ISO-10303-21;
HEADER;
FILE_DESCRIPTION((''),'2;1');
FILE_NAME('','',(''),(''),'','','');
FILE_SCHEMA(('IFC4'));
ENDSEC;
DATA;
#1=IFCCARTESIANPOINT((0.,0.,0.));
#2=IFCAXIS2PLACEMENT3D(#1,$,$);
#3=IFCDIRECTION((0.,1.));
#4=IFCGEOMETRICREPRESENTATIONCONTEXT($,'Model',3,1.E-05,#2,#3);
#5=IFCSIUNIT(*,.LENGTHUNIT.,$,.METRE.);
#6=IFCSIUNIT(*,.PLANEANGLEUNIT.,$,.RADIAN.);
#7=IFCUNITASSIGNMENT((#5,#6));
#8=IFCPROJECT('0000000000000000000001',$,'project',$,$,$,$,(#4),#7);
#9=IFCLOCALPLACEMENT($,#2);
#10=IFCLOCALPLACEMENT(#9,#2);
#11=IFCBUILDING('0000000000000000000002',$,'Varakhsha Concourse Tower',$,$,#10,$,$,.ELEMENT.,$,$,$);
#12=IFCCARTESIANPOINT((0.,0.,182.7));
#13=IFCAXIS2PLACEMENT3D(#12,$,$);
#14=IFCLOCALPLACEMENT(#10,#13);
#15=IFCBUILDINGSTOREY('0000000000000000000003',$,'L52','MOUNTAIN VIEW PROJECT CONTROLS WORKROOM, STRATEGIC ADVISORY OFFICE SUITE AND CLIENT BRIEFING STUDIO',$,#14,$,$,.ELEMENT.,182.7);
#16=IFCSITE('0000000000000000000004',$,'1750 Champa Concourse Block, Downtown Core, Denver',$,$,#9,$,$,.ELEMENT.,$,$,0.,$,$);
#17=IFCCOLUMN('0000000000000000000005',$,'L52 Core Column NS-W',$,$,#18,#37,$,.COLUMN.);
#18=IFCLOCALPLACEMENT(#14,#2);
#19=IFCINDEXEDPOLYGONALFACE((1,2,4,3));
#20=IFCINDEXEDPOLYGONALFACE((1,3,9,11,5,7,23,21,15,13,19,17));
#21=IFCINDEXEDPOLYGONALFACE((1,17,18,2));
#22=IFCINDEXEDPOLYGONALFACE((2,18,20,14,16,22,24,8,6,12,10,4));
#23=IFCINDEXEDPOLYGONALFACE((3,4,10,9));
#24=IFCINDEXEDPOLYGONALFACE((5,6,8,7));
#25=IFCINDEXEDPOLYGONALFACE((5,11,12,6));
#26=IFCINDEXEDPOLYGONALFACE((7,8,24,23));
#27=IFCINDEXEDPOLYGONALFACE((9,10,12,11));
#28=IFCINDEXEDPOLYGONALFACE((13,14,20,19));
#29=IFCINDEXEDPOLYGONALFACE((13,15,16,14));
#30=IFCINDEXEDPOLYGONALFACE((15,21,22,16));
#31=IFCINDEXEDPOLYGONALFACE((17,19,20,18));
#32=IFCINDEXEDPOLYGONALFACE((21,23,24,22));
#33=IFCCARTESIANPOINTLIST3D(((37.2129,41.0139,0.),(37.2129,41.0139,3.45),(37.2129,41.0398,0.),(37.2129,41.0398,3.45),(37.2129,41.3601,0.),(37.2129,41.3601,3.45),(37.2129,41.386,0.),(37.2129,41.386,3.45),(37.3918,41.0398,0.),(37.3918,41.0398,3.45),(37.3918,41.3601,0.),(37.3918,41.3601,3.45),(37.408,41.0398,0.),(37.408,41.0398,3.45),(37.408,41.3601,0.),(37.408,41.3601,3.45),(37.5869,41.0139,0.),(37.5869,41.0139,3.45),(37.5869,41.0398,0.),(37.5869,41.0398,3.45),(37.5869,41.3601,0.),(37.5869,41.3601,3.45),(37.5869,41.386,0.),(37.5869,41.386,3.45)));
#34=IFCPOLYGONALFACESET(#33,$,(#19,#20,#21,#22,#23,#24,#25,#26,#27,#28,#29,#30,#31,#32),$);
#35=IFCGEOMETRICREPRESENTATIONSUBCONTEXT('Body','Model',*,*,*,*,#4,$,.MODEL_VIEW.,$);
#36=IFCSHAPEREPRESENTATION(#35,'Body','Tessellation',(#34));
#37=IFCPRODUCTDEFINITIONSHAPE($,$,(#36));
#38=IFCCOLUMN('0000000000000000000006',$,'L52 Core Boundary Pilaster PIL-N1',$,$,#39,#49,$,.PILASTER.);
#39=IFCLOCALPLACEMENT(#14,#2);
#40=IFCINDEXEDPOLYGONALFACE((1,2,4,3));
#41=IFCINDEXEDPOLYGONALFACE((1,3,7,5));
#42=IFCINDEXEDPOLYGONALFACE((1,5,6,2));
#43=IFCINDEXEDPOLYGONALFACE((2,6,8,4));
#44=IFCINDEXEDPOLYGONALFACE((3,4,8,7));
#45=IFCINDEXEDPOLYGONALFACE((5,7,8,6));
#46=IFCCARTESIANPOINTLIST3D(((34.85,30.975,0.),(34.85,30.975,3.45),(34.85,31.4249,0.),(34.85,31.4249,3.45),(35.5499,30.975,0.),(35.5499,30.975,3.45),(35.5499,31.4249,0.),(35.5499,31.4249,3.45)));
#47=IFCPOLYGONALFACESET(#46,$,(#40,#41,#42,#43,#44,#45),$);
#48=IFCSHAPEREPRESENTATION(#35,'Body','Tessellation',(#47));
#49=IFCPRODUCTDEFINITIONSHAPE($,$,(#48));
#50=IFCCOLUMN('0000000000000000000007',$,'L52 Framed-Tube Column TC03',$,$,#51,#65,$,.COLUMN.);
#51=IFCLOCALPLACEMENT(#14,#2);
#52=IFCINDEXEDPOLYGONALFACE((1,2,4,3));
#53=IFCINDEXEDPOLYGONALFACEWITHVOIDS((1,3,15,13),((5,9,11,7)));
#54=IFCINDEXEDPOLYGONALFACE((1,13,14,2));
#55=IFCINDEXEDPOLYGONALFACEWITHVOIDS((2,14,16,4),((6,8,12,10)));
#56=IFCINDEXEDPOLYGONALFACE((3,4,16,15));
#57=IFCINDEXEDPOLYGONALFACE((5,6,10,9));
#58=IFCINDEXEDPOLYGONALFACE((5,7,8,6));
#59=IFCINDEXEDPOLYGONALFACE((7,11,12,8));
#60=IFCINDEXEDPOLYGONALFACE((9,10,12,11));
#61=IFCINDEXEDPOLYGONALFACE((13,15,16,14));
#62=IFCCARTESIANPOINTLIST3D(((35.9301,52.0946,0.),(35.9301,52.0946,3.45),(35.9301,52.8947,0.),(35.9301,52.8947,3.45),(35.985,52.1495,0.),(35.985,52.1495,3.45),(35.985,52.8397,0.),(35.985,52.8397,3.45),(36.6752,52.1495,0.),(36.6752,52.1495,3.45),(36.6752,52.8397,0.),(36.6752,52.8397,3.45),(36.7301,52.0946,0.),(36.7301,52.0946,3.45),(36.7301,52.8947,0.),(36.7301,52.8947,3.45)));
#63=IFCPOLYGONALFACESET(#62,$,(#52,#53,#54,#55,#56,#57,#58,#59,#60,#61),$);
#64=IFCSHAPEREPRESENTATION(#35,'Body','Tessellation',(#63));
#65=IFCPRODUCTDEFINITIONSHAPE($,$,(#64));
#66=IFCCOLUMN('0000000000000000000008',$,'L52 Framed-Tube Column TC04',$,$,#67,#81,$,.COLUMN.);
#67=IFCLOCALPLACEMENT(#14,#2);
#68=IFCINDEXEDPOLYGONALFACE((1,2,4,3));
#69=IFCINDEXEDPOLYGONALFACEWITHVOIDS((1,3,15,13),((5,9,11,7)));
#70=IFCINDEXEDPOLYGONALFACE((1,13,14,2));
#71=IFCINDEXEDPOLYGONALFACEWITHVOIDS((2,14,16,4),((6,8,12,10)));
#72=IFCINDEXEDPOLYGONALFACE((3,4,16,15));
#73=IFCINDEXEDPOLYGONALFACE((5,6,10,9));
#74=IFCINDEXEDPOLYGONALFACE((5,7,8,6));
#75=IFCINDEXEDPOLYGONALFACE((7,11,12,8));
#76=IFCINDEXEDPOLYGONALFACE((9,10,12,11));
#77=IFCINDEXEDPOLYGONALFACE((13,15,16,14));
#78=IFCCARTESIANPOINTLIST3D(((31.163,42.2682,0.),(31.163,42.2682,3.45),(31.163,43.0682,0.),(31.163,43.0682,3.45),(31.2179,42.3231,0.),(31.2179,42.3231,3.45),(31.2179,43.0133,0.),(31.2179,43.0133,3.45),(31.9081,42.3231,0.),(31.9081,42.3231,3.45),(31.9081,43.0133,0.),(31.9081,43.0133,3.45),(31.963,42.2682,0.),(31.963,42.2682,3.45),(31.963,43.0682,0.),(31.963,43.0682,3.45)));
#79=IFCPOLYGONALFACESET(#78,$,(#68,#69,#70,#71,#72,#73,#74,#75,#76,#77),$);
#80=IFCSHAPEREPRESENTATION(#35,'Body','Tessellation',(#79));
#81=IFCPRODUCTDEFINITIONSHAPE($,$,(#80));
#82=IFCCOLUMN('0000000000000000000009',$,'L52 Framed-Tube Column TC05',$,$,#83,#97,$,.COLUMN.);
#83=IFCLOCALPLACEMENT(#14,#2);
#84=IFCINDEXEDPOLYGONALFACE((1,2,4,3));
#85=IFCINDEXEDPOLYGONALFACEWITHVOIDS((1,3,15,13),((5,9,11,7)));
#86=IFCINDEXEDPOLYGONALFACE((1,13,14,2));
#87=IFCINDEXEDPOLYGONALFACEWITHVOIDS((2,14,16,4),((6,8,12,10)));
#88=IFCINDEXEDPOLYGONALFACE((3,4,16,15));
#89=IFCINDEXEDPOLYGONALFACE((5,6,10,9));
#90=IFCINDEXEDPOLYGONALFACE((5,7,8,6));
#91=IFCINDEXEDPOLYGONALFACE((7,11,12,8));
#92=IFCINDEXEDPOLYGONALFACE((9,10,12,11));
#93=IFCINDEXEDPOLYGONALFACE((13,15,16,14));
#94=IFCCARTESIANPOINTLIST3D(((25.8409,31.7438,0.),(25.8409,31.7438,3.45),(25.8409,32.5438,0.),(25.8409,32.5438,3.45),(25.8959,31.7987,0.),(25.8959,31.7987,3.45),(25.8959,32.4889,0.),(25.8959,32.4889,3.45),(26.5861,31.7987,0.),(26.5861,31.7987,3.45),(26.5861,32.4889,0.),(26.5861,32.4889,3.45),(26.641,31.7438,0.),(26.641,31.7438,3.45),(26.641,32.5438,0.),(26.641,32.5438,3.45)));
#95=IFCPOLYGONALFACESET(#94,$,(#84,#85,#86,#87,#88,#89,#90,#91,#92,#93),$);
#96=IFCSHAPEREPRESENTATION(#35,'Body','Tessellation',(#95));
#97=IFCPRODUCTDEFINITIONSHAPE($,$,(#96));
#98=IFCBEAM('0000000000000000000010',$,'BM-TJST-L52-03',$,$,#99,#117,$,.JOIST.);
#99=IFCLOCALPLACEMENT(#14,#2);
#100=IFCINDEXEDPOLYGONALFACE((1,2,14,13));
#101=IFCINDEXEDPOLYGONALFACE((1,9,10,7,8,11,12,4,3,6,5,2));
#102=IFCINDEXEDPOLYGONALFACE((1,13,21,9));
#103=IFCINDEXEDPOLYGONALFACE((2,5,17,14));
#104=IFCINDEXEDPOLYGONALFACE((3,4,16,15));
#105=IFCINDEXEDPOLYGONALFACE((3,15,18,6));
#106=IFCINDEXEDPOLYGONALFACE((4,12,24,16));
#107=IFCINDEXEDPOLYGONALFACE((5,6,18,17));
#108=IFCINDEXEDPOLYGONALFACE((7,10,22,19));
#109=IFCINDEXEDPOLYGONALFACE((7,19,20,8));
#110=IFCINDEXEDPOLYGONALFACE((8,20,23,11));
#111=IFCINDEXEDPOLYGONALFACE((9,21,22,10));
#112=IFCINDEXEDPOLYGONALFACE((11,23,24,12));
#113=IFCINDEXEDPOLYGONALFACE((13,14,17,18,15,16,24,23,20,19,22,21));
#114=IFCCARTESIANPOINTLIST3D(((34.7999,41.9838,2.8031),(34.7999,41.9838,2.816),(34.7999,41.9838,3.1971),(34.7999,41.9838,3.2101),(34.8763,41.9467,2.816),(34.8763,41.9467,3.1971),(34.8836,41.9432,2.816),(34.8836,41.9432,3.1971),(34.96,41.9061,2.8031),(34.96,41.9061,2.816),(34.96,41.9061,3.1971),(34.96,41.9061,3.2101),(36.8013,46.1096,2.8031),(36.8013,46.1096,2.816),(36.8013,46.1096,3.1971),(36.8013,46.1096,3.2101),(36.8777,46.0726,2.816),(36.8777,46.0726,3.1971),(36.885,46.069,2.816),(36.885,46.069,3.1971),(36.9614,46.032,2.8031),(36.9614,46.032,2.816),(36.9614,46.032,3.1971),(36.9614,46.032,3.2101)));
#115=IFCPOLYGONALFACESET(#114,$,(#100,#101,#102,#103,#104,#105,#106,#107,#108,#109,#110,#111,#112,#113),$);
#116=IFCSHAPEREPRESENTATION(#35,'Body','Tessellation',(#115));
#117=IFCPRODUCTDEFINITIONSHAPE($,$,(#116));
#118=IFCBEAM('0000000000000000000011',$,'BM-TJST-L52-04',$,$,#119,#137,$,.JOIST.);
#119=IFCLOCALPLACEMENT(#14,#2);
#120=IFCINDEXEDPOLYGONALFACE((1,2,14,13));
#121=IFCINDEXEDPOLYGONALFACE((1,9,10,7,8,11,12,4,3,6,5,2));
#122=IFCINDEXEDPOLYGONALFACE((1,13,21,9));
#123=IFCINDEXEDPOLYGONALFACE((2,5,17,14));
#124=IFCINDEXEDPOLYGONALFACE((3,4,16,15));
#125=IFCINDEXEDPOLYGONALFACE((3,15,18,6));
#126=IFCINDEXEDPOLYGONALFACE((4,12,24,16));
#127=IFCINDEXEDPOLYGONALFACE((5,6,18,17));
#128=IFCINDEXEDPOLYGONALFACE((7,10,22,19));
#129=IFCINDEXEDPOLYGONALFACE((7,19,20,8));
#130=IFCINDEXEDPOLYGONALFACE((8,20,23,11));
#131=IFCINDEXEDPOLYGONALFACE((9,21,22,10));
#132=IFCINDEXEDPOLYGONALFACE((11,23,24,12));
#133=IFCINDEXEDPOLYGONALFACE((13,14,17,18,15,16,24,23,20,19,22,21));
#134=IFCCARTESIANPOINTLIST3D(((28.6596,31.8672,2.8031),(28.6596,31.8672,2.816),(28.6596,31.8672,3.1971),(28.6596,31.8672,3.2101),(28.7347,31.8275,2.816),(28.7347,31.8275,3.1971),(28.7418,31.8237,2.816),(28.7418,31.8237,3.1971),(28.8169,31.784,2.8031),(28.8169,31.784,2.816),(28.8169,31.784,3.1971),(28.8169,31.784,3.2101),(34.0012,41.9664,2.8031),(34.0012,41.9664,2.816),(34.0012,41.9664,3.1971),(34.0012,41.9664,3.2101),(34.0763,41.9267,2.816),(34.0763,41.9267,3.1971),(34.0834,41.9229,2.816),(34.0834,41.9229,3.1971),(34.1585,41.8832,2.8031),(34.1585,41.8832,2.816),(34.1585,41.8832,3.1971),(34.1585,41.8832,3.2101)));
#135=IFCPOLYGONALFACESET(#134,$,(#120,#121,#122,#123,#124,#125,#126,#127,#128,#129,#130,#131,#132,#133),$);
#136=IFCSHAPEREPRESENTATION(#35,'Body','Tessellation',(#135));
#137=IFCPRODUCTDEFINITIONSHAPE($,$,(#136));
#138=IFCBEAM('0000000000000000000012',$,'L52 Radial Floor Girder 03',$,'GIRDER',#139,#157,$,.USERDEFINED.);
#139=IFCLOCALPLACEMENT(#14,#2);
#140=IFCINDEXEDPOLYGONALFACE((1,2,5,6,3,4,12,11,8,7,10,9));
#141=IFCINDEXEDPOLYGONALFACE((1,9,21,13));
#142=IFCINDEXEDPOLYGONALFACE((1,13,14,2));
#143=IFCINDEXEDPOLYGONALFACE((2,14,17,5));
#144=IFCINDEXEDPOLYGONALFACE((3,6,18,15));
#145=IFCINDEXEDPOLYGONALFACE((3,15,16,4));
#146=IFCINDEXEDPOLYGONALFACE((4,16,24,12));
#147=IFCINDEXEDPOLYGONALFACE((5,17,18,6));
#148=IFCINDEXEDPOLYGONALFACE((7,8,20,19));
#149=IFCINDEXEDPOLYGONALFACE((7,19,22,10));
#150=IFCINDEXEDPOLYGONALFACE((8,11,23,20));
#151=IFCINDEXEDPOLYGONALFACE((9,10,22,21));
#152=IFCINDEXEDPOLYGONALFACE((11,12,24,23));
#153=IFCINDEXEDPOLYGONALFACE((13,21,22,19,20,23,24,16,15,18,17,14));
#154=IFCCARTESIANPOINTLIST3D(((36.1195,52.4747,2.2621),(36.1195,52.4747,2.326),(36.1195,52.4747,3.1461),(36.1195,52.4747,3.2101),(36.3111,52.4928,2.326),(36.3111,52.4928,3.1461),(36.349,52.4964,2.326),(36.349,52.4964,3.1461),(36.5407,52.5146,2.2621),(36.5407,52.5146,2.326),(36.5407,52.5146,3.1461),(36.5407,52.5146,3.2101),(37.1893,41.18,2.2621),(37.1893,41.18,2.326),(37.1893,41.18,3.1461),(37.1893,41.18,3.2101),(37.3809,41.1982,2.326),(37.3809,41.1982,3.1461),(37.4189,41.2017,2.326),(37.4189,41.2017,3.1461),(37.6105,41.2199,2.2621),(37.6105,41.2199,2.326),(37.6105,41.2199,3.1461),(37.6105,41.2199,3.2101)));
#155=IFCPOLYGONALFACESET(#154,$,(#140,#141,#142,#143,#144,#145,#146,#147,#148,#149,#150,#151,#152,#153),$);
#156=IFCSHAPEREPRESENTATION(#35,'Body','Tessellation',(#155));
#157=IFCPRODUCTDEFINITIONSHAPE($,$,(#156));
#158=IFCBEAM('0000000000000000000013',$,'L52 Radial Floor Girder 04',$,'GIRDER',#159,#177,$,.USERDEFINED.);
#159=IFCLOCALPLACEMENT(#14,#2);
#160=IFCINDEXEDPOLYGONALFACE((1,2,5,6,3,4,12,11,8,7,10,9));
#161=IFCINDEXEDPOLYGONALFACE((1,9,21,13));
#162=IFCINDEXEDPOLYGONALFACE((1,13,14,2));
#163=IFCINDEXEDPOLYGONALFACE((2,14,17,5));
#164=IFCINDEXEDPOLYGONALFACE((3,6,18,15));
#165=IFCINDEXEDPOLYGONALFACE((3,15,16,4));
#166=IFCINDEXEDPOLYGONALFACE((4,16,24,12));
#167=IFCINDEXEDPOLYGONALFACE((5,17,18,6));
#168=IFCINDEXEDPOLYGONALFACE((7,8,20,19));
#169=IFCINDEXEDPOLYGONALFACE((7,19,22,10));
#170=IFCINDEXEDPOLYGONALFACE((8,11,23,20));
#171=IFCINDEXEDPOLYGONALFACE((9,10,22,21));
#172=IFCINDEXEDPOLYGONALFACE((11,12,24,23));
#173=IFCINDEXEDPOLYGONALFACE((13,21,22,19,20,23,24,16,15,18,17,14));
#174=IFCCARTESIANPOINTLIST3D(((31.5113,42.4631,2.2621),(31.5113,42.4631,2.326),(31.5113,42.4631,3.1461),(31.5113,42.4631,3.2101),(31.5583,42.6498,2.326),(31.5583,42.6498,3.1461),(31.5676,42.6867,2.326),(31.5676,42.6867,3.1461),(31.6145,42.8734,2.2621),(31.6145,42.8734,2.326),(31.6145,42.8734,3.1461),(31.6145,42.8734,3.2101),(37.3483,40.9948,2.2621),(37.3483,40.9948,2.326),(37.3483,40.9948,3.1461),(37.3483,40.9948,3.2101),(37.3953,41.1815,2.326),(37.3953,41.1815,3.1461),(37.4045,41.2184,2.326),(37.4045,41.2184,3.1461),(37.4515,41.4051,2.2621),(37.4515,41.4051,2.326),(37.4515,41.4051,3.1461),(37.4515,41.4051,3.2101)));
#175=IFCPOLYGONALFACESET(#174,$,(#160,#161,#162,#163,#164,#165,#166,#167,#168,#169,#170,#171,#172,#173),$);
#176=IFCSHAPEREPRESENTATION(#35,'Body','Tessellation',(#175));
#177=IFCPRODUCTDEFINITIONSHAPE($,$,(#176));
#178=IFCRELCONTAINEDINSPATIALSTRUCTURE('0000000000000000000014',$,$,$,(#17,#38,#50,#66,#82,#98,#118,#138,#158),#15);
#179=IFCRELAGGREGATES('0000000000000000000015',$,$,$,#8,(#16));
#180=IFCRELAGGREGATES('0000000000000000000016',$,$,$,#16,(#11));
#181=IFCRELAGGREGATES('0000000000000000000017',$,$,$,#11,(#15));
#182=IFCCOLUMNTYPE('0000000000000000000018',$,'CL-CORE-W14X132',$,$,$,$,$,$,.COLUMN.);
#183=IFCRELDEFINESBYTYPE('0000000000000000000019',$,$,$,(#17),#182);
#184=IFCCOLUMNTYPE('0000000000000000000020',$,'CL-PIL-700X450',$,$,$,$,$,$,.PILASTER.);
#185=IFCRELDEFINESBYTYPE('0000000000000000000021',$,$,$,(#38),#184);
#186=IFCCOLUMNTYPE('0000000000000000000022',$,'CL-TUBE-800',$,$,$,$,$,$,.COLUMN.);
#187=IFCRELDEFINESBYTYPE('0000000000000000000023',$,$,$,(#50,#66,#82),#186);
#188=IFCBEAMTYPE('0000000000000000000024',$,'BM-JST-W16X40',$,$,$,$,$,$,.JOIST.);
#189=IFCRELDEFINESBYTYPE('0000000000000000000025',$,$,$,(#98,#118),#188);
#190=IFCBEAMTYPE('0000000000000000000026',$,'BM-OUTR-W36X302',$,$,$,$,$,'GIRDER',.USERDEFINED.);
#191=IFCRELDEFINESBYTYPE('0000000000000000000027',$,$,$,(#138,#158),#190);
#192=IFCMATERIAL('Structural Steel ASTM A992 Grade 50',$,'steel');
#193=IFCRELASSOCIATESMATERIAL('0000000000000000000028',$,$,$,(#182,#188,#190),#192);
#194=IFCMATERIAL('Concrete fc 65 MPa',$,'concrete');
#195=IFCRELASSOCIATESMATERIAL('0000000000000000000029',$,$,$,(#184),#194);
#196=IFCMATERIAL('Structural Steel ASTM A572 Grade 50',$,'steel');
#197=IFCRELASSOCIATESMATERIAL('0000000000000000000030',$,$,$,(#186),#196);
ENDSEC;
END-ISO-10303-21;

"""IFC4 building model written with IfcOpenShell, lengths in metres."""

from ifc_helpers import new_model, si_unit, direction, frame, origin, origin_2d, place, context, subcontext, project, spatial, rectangle, hollow_rectangle, i_section, extrude, material, material_profile, profile_set, type_object, element, save


model = new_model("IFC4")

# Units and contexts
model_context = context("Model", 3, precision=1e-05, world=origin(), true_north=direction((0.0, 1.0)))
body_context = subcontext(model_context, "Body", "Model", "MODEL_VIEW")
ifc_project = project(units=[si_unit("LENGTHUNIT", "METRE"), si_unit("PLANEANGLEUNIT", "RADIAN")], contexts=[model_context])

# Site, building, storey
site_placement = place(None, origin())
site = spatial("IfcSite", under=ifc_project, at=site_placement, Name="1750 Champa Concourse Block, Downtown Core, Denver", CompositionType="ELEMENT", RefElevation=0.0)
building_placement = place(site_placement, origin())
building = spatial("IfcBuilding", under=site, at=building_placement, Name="Varakhsha Concourse Tower", CompositionType="ELEMENT")
storey_placement = place(building_placement, frame((0.0, 0.0, 182.7)))
storey = spatial("IfcBuildingStorey", under=building, at=storey_placement, Name="L52", Description="MOUNTAIN VIEW PROJECT CONTROLS WORKROOM, STRATEGIC ADVISORY OFFICE SUITE AND CLIENT BRIEFING STUDIO", CompositionType="ELEMENT", Elevation=182.7)

# Columns
ifc_material_1 = material(Name="Structural Steel ASTM A992 Grade 50", Category="steel")
ifc_material_profile_1 = material_profile(ifc_material_1, i_section(OverallWidth=0.374, OverallDepth=0.3721, WebThickness=0.0161, FlangeThickness=0.0259, at=origin_2d()), Name="W14X132")
ifc_profile_set_1 = profile_set([ifc_material_profile_1], Name="Structural Steel ASTM A992 Grade 50")
column_type_1 = type_object("IfcColumnType", Name="CL-CORE-W14X132", PredefinedType="COLUMN", material=ifc_profile_set_1)
column_1_placement = place(storey_placement, frame((37.3999, 41.2, 0.0), z_axis=(0.0, 0.0, 1.0), x_axis=(1.0, 0.0, 0.0)))
element("IfcColumn", 1, at=column_1_placement, inside=storey, type_object=column_type_1, Name="L52 Core Column NS-W", PredefinedType="COLUMN", context=body_context, shape_type="SweptSolid", body=[
    extrude(i_section(OverallWidth=0.374, OverallDepth=0.3721, WebThickness=0.0161, FlangeThickness=0.0259, at=origin_2d()), origin(), (0.0, 0.0, 1.0), 3.45),
])
ifc_material_2 = material(Name="Concrete fc 65 MPa", Category="concrete")
ifc_material_profile_2 = material_profile(ifc_material_2, rectangle(XDim=0.7, YDim=0.45, at=origin_2d()), Name="RC 700x450")
ifc_profile_set_2 = profile_set([ifc_material_profile_2], Name="Concrete fc 65 MPa")
column_type_2 = type_object("IfcColumnType", Name="CL-PIL-700X450", PredefinedType="PILASTER", material=ifc_profile_set_2)
column_2_placement = place(storey_placement, frame((35.2, 31.2, 0.0), z_axis=(0.0, 0.0, 1.0), x_axis=(1.0, 0.0, 0.0)))
element("IfcColumn", 2, at=column_2_placement, inside=storey, type_object=column_type_2, Name="L52 Core Boundary Pilaster PIL-N1", PredefinedType="PILASTER", context=body_context, shape_type="SweptSolid", body=[
    extrude(rectangle(XDim=0.7, YDim=0.45, at=origin_2d()), origin(), (0.0, 0.0, 1.0), 3.45),
])
ifc_material_3 = material(Name="Structural Steel ASTM A572 Grade 50", Category="steel")
ifc_material_profile_3 = material_profile(ifc_material_3, hollow_rectangle(XDim=0.8, YDim=0.8, WallThickness=0.0549, at=origin_2d()), Name="BOX 800x800x55")
ifc_profile_set_3 = profile_set([ifc_material_profile_3], Name="Structural Steel ASTM A572 Grade 50")
column_type_3 = type_object("IfcColumnType", Name="CL-TUBE-800", PredefinedType="COLUMN", material=ifc_profile_set_3)
for number, where, z_axis, x_axis, name in (
    (3, (36.3301, 52.4946, 0.0), (0.0, 0.0, 1.0), (1.0, 0.0, 0.0), "L52 Framed-Tube Column TC03"),
    (4, (31.563, 42.6682, 0.0), (0.0, 0.0, 1.0), (1.0, 0.0, 0.0), "L52 Framed-Tube Column TC04"),
    (5, (26.241, 32.1438, 0.0), (0.0, 0.0, 1.0), (1.0, 0.0, 0.0), "L52 Framed-Tube Column TC05"),
):
    element("IfcColumn", number, at=place(storey_placement, frame(where, z_axis=z_axis, x_axis=x_axis)), inside=storey, type_object=column_type_3, Name=name, PredefinedType="COLUMN", context=body_context, shape_type="SweptSolid", body=[
        extrude(hollow_rectangle(XDim=0.8, YDim=0.8, WallThickness=0.0549, at=origin_2d()), origin(), (0.0, 0.0, 1.0), 3.45),
    ])

# Beams
ifc_material_profile_4 = material_profile(ifc_material_1, i_section(OverallWidth=0.178, OverallDepth=0.407, WebThickness=0.0081, FlangeThickness=0.0129, at=origin_2d()), Name="W16X40")
ifc_profile_set_4 = profile_set([ifc_material_profile_4], Name="Structural Steel ASTM A992 Grade 50")
beam_type_1 = type_object("IfcBeamType", Name="BM-JST-W16X40", PredefinedType="JOIST", material=ifc_profile_set_4)
beam_1_placement = place(storey_placement, frame((36.8813, 46.0708, 3.0066), z_axis=(-0.436449, -0.899729, 0.0), x_axis=(0.899729, -0.436449, 0.0)))
element("IfcBeam", 6, at=beam_1_placement, inside=storey, type_object=beam_type_1, Name="BM-TJST-L52-03", PredefinedType="JOIST", context=body_context, shape_type="SweptSolid", body=[
    extrude(i_section(OverallWidth=0.178, OverallDepth=0.407, WebThickness=0.0081, FlangeThickness=0.0129, at=origin_2d()), origin(), (0.0, 0.0, 1.0), 4.5857),
])
beam_2_placement = place(storey_placement, frame((34.0798, 41.9248, 3.0066), z_axis=(-0.467543, -0.88397, 0.0), x_axis=(0.88397, -0.467543, 0.0)))
element("IfcBeam", 7, at=beam_2_placement, inside=storey, type_object=beam_type_1, Name="BM-TJST-L52-04", PredefinedType="JOIST", context=body_context, shape_type="SweptSolid", body=[
    extrude(i_section(OverallWidth=0.178, OverallDepth=0.407, WebThickness=0.0081, FlangeThickness=0.0129, at=origin_2d()), origin(), (0.0, 0.0, 1.0), 11.4248),
])
ifc_material_profile_5 = material_profile(ifc_material_1, i_section(OverallWidth=0.4231, OverallDepth=0.948, WebThickness=0.0381, FlangeThickness=0.064, at=origin_2d()), Name="W36X302")
ifc_profile_set_5 = profile_set([ifc_material_profile_5], Name="Structural Steel ASTM A992 Grade 50")
beam_type_2 = type_object("IfcBeamType", Name="BM-OUTR-W36X302", ElementType="GIRDER", PredefinedType="USERDEFINED", material=ifc_profile_set_5)
beam_3_placement = place(storey_placement, frame((37.3999, 41.2, 2.7361), z_axis=(-0.094297, 0.995544, 0.0), x_axis=(-0.995544, -0.094297, 0.0)))
element("IfcBeam", 8, at=beam_3_placement, inside=storey, type_object=beam_type_2, Name="L52 Radial Floor Girder 03", ObjectType="GIRDER", PredefinedType="USERDEFINED", context=body_context, shape_type="SweptSolid", body=[
    extrude(i_section(OverallWidth=0.4231, OverallDepth=0.948, WebThickness=0.0381, FlangeThickness=0.064, at=origin_2d()), origin(), (0.0, 0.0, 1.0), 11.3452),
])
beam_4_placement = place(storey_placement, frame((37.3999, 41.2, 2.7361), z_axis=(-0.969788, 0.243948, 0.0), x_axis=(-0.243948, -0.969788, 0.0)))
element("IfcBeam", 9, at=beam_4_placement, inside=storey, type_object=beam_type_2, Name="L52 Radial Floor Girder 04", ObjectType="GIRDER", PredefinedType="USERDEFINED", context=body_context, shape_type="SweptSolid", body=[
    extrude(i_section(OverallWidth=0.4231, OverallDepth=0.948, WebThickness=0.0381, FlangeThickness=0.064, at=origin_2d()), origin(), (0.0, 0.0, 1.0), 6.0188),
])

save(model, "model.ifc")
